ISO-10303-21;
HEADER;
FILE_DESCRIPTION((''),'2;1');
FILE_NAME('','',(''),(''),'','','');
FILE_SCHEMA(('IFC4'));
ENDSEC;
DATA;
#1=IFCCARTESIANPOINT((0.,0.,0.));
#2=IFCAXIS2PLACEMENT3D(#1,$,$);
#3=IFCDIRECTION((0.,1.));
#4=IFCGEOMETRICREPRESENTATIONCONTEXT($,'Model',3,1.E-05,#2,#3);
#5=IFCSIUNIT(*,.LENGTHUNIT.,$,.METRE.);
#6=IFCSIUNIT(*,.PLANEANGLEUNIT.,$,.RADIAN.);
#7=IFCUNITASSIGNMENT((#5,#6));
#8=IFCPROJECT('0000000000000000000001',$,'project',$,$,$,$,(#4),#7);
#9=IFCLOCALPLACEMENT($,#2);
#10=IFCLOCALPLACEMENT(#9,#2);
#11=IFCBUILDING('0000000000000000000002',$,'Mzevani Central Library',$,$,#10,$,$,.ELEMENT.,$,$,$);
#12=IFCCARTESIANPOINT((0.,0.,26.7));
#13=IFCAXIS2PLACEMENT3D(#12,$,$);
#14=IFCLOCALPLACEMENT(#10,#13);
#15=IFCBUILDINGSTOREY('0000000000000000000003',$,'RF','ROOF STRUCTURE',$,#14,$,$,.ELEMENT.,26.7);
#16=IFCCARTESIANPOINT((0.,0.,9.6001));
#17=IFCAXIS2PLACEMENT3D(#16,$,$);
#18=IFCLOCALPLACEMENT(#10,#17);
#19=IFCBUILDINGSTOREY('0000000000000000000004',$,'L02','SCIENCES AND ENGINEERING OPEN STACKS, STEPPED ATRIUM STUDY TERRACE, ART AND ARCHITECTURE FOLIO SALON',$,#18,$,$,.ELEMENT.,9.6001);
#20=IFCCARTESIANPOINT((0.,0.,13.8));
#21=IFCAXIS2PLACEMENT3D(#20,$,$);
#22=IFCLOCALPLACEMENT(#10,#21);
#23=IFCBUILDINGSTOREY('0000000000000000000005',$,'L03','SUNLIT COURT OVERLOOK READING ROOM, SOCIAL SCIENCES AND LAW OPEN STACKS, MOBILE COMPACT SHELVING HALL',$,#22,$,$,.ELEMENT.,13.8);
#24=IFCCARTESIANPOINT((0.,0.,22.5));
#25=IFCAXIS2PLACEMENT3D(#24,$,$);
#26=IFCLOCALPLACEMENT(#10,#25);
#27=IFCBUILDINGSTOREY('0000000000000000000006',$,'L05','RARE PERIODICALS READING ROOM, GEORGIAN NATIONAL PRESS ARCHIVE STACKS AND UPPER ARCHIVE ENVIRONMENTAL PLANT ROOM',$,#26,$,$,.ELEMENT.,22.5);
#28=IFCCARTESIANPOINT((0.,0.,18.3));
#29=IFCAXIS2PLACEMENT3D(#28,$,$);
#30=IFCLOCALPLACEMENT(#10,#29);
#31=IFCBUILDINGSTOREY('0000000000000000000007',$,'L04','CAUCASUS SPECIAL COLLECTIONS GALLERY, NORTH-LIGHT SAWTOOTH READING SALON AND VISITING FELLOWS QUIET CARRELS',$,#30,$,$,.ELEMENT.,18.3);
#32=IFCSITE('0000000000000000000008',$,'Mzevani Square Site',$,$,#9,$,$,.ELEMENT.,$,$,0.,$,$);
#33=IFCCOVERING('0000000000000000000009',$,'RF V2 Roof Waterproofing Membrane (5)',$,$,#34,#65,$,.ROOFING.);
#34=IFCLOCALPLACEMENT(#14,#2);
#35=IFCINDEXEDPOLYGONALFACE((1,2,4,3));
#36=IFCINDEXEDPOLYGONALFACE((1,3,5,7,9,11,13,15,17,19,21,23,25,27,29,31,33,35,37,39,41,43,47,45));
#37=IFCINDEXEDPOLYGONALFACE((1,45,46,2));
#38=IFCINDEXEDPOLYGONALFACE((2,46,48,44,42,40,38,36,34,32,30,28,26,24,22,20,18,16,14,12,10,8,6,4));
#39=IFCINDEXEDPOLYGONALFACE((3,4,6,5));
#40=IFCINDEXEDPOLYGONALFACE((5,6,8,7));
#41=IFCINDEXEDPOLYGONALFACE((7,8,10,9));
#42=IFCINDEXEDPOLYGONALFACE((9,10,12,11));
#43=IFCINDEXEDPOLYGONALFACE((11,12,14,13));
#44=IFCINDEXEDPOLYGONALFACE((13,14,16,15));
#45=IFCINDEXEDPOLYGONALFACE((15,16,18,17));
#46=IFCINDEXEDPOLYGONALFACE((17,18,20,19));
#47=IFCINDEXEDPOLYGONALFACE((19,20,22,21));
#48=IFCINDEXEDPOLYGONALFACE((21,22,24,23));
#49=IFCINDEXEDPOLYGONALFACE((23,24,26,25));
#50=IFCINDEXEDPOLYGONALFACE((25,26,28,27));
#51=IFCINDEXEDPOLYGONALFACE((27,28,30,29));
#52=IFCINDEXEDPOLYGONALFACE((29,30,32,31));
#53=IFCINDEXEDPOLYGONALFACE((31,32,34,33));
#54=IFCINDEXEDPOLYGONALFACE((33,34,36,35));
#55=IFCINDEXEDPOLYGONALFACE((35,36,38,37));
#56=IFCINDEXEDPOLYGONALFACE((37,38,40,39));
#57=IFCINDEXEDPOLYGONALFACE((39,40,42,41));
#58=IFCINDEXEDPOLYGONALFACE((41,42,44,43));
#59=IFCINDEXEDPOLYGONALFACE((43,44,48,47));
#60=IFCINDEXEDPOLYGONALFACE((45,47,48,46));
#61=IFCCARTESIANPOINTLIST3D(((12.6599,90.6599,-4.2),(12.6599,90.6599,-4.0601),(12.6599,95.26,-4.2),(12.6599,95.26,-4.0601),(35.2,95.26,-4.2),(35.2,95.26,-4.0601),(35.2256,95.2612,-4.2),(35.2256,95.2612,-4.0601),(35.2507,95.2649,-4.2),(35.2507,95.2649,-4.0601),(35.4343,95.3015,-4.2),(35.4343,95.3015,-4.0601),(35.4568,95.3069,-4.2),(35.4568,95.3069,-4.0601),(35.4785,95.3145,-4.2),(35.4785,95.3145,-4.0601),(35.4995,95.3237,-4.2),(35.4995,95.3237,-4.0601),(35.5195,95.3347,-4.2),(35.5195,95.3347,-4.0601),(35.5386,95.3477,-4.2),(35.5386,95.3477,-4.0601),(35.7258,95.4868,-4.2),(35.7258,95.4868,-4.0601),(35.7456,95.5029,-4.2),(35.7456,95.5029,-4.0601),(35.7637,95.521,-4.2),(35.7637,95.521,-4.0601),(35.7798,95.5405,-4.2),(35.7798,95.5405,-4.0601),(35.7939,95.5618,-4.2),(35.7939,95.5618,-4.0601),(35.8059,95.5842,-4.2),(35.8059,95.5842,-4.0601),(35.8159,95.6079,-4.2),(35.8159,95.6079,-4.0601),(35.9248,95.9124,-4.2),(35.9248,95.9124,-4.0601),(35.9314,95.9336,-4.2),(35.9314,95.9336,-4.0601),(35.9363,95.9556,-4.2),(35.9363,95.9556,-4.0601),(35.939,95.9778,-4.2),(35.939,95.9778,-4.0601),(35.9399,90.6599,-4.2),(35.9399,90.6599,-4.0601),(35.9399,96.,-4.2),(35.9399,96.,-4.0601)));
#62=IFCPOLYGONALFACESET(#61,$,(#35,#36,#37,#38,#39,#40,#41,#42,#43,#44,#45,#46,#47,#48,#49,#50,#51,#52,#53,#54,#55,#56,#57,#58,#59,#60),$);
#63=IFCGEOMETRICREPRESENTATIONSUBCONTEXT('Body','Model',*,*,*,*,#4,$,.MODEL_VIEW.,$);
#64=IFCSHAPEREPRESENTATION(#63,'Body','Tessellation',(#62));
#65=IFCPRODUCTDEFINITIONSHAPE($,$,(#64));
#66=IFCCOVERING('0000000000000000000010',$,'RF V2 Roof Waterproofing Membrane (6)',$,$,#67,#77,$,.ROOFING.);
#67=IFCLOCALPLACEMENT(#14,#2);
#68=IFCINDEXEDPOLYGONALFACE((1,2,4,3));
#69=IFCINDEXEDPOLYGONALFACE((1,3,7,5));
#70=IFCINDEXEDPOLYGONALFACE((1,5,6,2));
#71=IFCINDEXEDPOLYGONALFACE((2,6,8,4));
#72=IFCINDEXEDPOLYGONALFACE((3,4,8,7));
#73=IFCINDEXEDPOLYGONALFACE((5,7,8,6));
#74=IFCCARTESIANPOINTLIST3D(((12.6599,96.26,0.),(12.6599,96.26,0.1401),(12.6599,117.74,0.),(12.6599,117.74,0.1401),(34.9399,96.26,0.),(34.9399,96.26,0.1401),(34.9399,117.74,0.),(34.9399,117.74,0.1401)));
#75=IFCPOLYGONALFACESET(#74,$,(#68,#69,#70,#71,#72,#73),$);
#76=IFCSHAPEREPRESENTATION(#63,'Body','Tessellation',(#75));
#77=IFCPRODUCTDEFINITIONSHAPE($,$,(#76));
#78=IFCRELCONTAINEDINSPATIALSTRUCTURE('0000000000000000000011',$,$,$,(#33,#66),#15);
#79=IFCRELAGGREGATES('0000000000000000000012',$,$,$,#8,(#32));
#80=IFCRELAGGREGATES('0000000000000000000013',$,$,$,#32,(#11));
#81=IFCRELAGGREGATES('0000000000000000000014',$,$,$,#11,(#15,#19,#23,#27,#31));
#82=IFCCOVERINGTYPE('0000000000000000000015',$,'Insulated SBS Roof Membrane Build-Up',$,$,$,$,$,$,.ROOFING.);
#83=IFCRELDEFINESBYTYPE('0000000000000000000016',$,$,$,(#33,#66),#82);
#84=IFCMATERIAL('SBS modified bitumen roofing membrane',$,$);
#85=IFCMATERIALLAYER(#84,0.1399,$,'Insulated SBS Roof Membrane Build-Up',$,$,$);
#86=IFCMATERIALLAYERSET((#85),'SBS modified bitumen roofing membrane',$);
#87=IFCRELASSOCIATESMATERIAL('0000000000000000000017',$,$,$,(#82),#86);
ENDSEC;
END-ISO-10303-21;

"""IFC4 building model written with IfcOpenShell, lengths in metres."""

from ifc_helpers import new_model, si_unit, direction, frame, origin, place, context, subcontext, project, spatial, polyline, outline, extrude, material, layer, layer_set, type_object, element, save


model = new_model("IFC4")

# Units and contexts
model_context = context("Model", 3, precision=1e-05, world=origin(), true_north=direction((0.0, 1.0)))
body_context = subcontext(model_context, "Body", "Model", "MODEL_VIEW")
ifc_project = project(units=[si_unit("LENGTHUNIT", "METRE"), si_unit("PLANEANGLEUNIT", "RADIAN")], contexts=[model_context])

# Site, building, storey
site_placement = place(None, origin())
site = spatial("IfcSite", under=ifc_project, at=site_placement, Name="Mzevani Square Site", CompositionType="ELEMENT", RefElevation=0.0)
building_placement = place(site_placement, origin())
building = spatial("IfcBuilding", under=site, at=building_placement, Name="Mzevani Central Library", CompositionType="ELEMENT")
storey_1_placement = place(building_placement, frame((0.0, 0.0, 26.7)))
storey_1 = spatial("IfcBuildingStorey", under=building, at=storey_1_placement, Name="RF", Description="ROOF STRUCTURE", CompositionType="ELEMENT", Elevation=26.7)

# Shared definitions
storey_2_placement = place(building_placement, frame((0.0, 0.0, 9.6001)))
storey_2 = spatial("IfcBuildingStorey", under=building, at=storey_2_placement, Name="L02", Description="SCIENCES AND ENGINEERING OPEN STACKS, STEPPED ATRIUM STUDY TERRACE, ART AND ARCHITECTURE FOLIO SALON", CompositionType="ELEMENT", Elevation=9.6001)

# Shared definitions
storey_3_placement = place(building_placement, frame((0.0, 0.0, 13.8)))
storey_3 = spatial("IfcBuildingStorey", under=building, at=storey_3_placement, Name="L03", Description="SUNLIT COURT OVERLOOK READING ROOM, SOCIAL SCIENCES AND LAW OPEN STACKS, MOBILE COMPACT SHELVING HALL", CompositionType="ELEMENT", Elevation=13.8)

# Shared definitions
storey_4_placement = place(building_placement, frame((0.0, 0.0, 22.5)))
storey_4 = spatial("IfcBuildingStorey", under=building, at=storey_4_placement, Name="L05", Description="RARE PERIODICALS READING ROOM, GEORGIAN NATIONAL PRESS ARCHIVE STACKS AND UPPER ARCHIVE ENVIRONMENTAL PLANT ROOM", CompositionType="ELEMENT", Elevation=22.5)

# Shared definitions
storey_5_placement = place(building_placement, frame((0.0, 0.0, 18.3)))
storey_5 = spatial("IfcBuildingStorey", under=building, at=storey_5_placement, Name="L04", Description="CAUCASUS SPECIAL COLLECTIONS GALLERY, NORTH-LIGHT SAWTOOTH READING SALON AND VISITING FELLOWS QUIET CARRELS", CompositionType="ELEMENT", Elevation=18.3)

# Coverings
ifc_material_1 = material(Name="SBS modified bitumen roofing membrane")
ifc_layer_1 = layer(ifc_material_1, 0.1399, Name="Insulated SBS Roof Membrane Build-Up")
ifc_layer_set_1 = layer_set([ifc_layer_1], Name="SBS modified bitumen roofing membrane")
covering_type = type_object("IfcCoveringType", Name="Insulated SBS Roof Membrane Build-Up", PredefinedType="ROOFING", material=ifc_layer_set_1)
covering_1_placement = place(storey_1_placement, frame((0.0, 0.0, -4.2)))
element("IfcCovering", 1, at=covering_1_placement, inside=storey_1, type_object=covering_type, Name="RF V2 Roof Waterproofing Membrane (5)", PredefinedType="ROOFING", context=body_context, shape_type="SweptSolid", body=[
    extrude(outline(polyline([(35.9399, 117.74), (35.9399, 90.6599), (12.6599, 90.6599), (12.6599, 95.26), (35.2, 95.26), (35.2256, 95.2612), (35.2507, 95.2649), (35.4343, 95.3015), (35.4568, 95.3069), (35.4785, 95.3145), (35.4995, 95.3237), (35.5195, 95.3347), (35.5386, 95.3477), (35.7258, 95.4868), (35.7456, 95.5029), (35.7637, 95.521), (35.7798, 95.5405), (35.7939, 95.5618), (35.8059, 95.5842), (35.8159, 95.6079), (35.9248, 95.9124), (35.9314, 95.9336), (35.9363, 95.9556), (35.939, 95.9778), (35.9399, 96.0), (35.9399, 117.74), (35.9399, 117.74)])), origin(), (0.0, 0.0, 1.0), 0.1399),
])
covering_2_placement = place(storey_1_placement, origin())
element("IfcCovering", 2, at=covering_2_placement, inside=storey_1, type_object=covering_type, Name="RF V2 Roof Waterproofing Membrane (6)", PredefinedType="ROOFING", context=body_context, shape_type="SweptSolid", body=[
    extrude(outline(polyline([(12.6599, 96.26), (12.6599, 117.74), (34.9399, 117.74), (34.9399, 96.26), (12.6599, 96.26)])), origin(), (0.0, 0.0, 1.0), 0.1401),
])

save(model, "model.ifc")
